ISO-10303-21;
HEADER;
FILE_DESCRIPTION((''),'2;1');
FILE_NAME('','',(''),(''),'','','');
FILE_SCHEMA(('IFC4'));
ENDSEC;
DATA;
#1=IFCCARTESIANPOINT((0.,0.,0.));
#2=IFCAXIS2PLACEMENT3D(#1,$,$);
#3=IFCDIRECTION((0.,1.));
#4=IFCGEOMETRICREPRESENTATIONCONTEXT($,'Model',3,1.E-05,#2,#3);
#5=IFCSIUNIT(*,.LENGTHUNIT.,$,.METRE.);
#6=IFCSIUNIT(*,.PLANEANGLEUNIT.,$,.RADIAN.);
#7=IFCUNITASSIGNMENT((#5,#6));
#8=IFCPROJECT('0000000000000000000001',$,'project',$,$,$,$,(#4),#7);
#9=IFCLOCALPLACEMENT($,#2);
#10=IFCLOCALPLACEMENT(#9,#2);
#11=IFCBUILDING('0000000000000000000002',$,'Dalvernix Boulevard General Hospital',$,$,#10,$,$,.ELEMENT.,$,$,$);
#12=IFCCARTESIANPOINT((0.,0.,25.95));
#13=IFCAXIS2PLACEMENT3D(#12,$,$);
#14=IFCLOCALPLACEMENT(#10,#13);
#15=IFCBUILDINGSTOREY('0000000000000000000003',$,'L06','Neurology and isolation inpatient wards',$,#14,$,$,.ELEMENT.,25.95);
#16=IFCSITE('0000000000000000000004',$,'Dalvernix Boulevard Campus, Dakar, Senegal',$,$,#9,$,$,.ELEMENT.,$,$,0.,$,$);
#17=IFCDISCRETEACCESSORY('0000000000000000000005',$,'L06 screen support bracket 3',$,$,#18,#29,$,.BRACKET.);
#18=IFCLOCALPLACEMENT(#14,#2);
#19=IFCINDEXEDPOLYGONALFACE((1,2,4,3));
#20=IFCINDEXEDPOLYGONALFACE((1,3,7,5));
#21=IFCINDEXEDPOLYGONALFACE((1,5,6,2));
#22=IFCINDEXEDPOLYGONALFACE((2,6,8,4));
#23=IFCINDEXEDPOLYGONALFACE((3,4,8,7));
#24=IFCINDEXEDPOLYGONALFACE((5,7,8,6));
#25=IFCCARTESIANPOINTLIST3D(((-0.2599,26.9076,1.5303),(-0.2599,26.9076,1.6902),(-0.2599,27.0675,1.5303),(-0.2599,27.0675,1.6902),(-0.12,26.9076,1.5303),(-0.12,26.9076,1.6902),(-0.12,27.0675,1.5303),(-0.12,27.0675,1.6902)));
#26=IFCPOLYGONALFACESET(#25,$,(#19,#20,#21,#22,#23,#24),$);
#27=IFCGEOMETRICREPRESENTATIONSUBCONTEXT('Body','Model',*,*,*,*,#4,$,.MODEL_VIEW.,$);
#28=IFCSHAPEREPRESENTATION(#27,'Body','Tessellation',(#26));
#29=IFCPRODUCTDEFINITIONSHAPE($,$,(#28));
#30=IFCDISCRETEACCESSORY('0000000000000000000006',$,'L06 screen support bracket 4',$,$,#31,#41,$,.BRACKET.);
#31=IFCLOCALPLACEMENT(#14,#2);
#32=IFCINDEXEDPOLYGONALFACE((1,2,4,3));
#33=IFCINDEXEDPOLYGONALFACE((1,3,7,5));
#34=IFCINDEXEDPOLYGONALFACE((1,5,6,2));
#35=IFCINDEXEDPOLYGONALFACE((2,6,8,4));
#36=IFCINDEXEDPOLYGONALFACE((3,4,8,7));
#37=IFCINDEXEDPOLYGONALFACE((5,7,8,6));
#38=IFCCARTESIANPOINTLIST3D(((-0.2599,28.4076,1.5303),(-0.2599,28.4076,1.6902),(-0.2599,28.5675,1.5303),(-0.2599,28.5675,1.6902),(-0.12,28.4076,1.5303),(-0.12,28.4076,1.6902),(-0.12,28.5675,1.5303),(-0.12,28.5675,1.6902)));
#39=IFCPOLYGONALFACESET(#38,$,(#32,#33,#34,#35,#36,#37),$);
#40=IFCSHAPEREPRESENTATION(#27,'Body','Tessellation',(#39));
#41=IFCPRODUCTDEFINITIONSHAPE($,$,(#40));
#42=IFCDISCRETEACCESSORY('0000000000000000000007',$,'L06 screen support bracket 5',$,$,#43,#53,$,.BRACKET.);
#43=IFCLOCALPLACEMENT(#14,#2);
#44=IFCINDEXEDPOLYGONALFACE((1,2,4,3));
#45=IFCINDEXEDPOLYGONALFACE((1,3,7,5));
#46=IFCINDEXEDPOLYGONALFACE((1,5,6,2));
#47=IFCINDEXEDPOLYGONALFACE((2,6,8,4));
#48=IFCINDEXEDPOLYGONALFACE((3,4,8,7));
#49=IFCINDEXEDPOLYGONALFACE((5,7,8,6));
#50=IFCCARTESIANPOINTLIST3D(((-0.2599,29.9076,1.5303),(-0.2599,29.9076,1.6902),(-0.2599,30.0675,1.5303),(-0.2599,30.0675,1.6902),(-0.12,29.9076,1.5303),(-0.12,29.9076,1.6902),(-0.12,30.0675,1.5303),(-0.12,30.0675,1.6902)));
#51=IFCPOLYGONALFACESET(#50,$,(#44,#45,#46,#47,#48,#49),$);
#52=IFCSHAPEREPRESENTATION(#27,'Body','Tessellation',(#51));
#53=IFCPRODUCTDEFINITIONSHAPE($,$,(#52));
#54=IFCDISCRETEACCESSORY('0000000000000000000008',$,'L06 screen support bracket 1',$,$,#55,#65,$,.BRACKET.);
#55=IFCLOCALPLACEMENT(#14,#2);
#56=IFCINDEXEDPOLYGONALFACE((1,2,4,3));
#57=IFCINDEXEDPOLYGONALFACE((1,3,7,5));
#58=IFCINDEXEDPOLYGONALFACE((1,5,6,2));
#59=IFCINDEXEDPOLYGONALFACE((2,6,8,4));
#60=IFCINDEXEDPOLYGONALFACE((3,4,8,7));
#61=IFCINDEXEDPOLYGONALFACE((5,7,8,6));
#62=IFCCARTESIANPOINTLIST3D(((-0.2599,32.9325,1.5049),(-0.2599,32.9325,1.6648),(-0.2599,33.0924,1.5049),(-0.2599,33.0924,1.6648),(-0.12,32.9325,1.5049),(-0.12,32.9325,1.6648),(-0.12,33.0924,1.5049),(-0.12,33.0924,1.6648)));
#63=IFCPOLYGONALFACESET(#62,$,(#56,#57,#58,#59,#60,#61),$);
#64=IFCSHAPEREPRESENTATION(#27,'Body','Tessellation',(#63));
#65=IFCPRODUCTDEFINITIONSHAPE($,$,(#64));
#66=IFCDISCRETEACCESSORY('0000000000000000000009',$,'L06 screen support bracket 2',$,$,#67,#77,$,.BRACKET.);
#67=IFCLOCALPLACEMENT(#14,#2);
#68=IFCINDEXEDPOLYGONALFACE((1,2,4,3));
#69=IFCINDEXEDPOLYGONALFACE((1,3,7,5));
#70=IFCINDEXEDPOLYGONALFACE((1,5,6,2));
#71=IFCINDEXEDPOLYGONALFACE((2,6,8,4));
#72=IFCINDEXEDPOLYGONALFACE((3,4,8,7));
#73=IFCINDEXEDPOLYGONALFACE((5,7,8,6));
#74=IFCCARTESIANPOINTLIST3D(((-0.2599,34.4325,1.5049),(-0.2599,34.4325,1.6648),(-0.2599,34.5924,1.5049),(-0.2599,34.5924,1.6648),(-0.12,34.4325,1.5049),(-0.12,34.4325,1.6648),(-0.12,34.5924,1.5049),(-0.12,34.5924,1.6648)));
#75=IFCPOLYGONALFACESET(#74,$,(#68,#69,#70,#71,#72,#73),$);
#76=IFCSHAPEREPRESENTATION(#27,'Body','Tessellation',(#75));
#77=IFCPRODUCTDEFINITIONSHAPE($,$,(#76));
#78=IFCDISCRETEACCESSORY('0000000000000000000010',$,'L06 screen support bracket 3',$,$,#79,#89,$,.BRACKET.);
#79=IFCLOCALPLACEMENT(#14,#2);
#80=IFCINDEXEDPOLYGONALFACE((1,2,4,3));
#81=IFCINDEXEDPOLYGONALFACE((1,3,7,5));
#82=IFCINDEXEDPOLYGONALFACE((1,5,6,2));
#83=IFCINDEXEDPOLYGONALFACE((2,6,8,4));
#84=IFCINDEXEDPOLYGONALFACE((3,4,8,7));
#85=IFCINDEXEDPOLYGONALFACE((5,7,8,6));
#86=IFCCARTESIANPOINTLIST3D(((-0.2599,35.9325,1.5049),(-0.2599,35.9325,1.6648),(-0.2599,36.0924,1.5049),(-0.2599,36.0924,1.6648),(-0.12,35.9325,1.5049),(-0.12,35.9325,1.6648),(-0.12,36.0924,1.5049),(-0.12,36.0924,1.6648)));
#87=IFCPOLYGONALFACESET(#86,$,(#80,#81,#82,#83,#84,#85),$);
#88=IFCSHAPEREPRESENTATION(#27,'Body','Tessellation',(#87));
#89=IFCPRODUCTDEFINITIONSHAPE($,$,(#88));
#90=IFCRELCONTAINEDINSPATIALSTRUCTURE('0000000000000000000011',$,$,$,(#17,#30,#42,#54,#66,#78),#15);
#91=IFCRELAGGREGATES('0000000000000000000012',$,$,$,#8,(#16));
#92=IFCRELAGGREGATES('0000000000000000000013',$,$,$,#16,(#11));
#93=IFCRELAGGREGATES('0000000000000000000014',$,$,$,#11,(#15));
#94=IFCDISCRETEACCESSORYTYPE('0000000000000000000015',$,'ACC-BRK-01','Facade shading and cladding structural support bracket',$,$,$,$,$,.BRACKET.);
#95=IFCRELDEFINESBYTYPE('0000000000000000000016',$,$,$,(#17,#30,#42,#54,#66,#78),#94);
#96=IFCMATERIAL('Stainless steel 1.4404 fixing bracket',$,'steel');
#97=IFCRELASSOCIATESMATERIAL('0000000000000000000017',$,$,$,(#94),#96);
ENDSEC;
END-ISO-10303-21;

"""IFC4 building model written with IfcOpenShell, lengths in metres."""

from ifc_helpers import new_model, si_unit, direction, frame, origin, origin_2d, place, context, subcontext, project, spatial, rectangle, extrude, material, type_object, element, save


model = new_model("IFC4")

# Units and contexts
model_context = context("Model", 3, precision=1e-05, world=origin(), true_north=direction((0.0, 1.0)))
body_context = subcontext(model_context, "Body", "Model", "MODEL_VIEW")
ifc_project = project(units=[si_unit("LENGTHUNIT", "METRE"), si_unit("PLANEANGLEUNIT", "RADIAN")], contexts=[model_context])

# Site, building, storey
site_placement = place(None, origin())
site = spatial("IfcSite", under=ifc_project, at=site_placement, Name="Dalvernix Boulevard Campus, Dakar, Senegal", CompositionType="ELEMENT", RefElevation=0.0)
building_placement = place(site_placement, origin())
building = spatial("IfcBuilding", under=site, at=building_placement, Name="Dalvernix Boulevard General Hospital", CompositionType="ELEMENT")
storey_placement = place(building_placement, frame((0.0, 0.0, 25.95)))
storey = spatial("IfcBuildingStorey", under=building, at=storey_placement, Name="L06", Description="Neurology and isolation inpatient wards", CompositionType="ELEMENT", Elevation=25.95)

# Discrete accessories
ifc_material_1 = material(Name="Stainless steel 1.4404 fixing bracket", Category="steel")
discrete_accessory_type = type_object("IfcDiscreteAccessoryType", Name="ACC-BRK-01", Description="Facade shading and cladding structural support bracket", PredefinedType="BRACKET", material=ifc_material_1)
for number, where, z_axis, x_axis, name in (
    (1, (-0.1899, 26.9875, 1.5303), (0.0, 0.0, 1.0), (0.0, 1.0, 0.0), "L06 screen support bracket 3"),
    (2, (-0.1899, 28.4875, 1.5303), (0.0, 0.0, 1.0), (0.0, 1.0, 0.0), "L06 screen support bracket 4"),
    (3, (-0.1899, 29.9875, 1.5303), (0.0, 0.0, 1.0), (0.0, 1.0, 0.0), "L06 screen support bracket 5"),
    (4, (-0.1899, 33.0125, 1.5049), (0.0, 0.0, 1.0), (0.0, 1.0, 0.0), "L06 screen support bracket 1"),
    (5, (-0.1899, 34.5125, 1.5049), (0.0, 0.0, 1.0), (0.0, 1.0, 0.0), "L06 screen support bracket 2"),
    (6, (-0.1899, 36.0125, 1.5049), (0.0, 0.0, 1.0), (0.0, 1.0, 0.0), "L06 screen support bracket 3"),
):
    element("IfcDiscreteAccessory", number, at=place(storey_placement, frame(where, z_axis=z_axis, x_axis=x_axis)), inside=storey, type_object=discrete_accessory_type, Name=name, PredefinedType="BRACKET", context=body_context, shape_type="SweptSolid", body=[
        extrude(rectangle(XDim=0.1599, YDim=0.1399, at=origin_2d()), origin(), (0.0, 0.0, 1.0), 0.1599),
    ])

save(model, "model.ifc")
